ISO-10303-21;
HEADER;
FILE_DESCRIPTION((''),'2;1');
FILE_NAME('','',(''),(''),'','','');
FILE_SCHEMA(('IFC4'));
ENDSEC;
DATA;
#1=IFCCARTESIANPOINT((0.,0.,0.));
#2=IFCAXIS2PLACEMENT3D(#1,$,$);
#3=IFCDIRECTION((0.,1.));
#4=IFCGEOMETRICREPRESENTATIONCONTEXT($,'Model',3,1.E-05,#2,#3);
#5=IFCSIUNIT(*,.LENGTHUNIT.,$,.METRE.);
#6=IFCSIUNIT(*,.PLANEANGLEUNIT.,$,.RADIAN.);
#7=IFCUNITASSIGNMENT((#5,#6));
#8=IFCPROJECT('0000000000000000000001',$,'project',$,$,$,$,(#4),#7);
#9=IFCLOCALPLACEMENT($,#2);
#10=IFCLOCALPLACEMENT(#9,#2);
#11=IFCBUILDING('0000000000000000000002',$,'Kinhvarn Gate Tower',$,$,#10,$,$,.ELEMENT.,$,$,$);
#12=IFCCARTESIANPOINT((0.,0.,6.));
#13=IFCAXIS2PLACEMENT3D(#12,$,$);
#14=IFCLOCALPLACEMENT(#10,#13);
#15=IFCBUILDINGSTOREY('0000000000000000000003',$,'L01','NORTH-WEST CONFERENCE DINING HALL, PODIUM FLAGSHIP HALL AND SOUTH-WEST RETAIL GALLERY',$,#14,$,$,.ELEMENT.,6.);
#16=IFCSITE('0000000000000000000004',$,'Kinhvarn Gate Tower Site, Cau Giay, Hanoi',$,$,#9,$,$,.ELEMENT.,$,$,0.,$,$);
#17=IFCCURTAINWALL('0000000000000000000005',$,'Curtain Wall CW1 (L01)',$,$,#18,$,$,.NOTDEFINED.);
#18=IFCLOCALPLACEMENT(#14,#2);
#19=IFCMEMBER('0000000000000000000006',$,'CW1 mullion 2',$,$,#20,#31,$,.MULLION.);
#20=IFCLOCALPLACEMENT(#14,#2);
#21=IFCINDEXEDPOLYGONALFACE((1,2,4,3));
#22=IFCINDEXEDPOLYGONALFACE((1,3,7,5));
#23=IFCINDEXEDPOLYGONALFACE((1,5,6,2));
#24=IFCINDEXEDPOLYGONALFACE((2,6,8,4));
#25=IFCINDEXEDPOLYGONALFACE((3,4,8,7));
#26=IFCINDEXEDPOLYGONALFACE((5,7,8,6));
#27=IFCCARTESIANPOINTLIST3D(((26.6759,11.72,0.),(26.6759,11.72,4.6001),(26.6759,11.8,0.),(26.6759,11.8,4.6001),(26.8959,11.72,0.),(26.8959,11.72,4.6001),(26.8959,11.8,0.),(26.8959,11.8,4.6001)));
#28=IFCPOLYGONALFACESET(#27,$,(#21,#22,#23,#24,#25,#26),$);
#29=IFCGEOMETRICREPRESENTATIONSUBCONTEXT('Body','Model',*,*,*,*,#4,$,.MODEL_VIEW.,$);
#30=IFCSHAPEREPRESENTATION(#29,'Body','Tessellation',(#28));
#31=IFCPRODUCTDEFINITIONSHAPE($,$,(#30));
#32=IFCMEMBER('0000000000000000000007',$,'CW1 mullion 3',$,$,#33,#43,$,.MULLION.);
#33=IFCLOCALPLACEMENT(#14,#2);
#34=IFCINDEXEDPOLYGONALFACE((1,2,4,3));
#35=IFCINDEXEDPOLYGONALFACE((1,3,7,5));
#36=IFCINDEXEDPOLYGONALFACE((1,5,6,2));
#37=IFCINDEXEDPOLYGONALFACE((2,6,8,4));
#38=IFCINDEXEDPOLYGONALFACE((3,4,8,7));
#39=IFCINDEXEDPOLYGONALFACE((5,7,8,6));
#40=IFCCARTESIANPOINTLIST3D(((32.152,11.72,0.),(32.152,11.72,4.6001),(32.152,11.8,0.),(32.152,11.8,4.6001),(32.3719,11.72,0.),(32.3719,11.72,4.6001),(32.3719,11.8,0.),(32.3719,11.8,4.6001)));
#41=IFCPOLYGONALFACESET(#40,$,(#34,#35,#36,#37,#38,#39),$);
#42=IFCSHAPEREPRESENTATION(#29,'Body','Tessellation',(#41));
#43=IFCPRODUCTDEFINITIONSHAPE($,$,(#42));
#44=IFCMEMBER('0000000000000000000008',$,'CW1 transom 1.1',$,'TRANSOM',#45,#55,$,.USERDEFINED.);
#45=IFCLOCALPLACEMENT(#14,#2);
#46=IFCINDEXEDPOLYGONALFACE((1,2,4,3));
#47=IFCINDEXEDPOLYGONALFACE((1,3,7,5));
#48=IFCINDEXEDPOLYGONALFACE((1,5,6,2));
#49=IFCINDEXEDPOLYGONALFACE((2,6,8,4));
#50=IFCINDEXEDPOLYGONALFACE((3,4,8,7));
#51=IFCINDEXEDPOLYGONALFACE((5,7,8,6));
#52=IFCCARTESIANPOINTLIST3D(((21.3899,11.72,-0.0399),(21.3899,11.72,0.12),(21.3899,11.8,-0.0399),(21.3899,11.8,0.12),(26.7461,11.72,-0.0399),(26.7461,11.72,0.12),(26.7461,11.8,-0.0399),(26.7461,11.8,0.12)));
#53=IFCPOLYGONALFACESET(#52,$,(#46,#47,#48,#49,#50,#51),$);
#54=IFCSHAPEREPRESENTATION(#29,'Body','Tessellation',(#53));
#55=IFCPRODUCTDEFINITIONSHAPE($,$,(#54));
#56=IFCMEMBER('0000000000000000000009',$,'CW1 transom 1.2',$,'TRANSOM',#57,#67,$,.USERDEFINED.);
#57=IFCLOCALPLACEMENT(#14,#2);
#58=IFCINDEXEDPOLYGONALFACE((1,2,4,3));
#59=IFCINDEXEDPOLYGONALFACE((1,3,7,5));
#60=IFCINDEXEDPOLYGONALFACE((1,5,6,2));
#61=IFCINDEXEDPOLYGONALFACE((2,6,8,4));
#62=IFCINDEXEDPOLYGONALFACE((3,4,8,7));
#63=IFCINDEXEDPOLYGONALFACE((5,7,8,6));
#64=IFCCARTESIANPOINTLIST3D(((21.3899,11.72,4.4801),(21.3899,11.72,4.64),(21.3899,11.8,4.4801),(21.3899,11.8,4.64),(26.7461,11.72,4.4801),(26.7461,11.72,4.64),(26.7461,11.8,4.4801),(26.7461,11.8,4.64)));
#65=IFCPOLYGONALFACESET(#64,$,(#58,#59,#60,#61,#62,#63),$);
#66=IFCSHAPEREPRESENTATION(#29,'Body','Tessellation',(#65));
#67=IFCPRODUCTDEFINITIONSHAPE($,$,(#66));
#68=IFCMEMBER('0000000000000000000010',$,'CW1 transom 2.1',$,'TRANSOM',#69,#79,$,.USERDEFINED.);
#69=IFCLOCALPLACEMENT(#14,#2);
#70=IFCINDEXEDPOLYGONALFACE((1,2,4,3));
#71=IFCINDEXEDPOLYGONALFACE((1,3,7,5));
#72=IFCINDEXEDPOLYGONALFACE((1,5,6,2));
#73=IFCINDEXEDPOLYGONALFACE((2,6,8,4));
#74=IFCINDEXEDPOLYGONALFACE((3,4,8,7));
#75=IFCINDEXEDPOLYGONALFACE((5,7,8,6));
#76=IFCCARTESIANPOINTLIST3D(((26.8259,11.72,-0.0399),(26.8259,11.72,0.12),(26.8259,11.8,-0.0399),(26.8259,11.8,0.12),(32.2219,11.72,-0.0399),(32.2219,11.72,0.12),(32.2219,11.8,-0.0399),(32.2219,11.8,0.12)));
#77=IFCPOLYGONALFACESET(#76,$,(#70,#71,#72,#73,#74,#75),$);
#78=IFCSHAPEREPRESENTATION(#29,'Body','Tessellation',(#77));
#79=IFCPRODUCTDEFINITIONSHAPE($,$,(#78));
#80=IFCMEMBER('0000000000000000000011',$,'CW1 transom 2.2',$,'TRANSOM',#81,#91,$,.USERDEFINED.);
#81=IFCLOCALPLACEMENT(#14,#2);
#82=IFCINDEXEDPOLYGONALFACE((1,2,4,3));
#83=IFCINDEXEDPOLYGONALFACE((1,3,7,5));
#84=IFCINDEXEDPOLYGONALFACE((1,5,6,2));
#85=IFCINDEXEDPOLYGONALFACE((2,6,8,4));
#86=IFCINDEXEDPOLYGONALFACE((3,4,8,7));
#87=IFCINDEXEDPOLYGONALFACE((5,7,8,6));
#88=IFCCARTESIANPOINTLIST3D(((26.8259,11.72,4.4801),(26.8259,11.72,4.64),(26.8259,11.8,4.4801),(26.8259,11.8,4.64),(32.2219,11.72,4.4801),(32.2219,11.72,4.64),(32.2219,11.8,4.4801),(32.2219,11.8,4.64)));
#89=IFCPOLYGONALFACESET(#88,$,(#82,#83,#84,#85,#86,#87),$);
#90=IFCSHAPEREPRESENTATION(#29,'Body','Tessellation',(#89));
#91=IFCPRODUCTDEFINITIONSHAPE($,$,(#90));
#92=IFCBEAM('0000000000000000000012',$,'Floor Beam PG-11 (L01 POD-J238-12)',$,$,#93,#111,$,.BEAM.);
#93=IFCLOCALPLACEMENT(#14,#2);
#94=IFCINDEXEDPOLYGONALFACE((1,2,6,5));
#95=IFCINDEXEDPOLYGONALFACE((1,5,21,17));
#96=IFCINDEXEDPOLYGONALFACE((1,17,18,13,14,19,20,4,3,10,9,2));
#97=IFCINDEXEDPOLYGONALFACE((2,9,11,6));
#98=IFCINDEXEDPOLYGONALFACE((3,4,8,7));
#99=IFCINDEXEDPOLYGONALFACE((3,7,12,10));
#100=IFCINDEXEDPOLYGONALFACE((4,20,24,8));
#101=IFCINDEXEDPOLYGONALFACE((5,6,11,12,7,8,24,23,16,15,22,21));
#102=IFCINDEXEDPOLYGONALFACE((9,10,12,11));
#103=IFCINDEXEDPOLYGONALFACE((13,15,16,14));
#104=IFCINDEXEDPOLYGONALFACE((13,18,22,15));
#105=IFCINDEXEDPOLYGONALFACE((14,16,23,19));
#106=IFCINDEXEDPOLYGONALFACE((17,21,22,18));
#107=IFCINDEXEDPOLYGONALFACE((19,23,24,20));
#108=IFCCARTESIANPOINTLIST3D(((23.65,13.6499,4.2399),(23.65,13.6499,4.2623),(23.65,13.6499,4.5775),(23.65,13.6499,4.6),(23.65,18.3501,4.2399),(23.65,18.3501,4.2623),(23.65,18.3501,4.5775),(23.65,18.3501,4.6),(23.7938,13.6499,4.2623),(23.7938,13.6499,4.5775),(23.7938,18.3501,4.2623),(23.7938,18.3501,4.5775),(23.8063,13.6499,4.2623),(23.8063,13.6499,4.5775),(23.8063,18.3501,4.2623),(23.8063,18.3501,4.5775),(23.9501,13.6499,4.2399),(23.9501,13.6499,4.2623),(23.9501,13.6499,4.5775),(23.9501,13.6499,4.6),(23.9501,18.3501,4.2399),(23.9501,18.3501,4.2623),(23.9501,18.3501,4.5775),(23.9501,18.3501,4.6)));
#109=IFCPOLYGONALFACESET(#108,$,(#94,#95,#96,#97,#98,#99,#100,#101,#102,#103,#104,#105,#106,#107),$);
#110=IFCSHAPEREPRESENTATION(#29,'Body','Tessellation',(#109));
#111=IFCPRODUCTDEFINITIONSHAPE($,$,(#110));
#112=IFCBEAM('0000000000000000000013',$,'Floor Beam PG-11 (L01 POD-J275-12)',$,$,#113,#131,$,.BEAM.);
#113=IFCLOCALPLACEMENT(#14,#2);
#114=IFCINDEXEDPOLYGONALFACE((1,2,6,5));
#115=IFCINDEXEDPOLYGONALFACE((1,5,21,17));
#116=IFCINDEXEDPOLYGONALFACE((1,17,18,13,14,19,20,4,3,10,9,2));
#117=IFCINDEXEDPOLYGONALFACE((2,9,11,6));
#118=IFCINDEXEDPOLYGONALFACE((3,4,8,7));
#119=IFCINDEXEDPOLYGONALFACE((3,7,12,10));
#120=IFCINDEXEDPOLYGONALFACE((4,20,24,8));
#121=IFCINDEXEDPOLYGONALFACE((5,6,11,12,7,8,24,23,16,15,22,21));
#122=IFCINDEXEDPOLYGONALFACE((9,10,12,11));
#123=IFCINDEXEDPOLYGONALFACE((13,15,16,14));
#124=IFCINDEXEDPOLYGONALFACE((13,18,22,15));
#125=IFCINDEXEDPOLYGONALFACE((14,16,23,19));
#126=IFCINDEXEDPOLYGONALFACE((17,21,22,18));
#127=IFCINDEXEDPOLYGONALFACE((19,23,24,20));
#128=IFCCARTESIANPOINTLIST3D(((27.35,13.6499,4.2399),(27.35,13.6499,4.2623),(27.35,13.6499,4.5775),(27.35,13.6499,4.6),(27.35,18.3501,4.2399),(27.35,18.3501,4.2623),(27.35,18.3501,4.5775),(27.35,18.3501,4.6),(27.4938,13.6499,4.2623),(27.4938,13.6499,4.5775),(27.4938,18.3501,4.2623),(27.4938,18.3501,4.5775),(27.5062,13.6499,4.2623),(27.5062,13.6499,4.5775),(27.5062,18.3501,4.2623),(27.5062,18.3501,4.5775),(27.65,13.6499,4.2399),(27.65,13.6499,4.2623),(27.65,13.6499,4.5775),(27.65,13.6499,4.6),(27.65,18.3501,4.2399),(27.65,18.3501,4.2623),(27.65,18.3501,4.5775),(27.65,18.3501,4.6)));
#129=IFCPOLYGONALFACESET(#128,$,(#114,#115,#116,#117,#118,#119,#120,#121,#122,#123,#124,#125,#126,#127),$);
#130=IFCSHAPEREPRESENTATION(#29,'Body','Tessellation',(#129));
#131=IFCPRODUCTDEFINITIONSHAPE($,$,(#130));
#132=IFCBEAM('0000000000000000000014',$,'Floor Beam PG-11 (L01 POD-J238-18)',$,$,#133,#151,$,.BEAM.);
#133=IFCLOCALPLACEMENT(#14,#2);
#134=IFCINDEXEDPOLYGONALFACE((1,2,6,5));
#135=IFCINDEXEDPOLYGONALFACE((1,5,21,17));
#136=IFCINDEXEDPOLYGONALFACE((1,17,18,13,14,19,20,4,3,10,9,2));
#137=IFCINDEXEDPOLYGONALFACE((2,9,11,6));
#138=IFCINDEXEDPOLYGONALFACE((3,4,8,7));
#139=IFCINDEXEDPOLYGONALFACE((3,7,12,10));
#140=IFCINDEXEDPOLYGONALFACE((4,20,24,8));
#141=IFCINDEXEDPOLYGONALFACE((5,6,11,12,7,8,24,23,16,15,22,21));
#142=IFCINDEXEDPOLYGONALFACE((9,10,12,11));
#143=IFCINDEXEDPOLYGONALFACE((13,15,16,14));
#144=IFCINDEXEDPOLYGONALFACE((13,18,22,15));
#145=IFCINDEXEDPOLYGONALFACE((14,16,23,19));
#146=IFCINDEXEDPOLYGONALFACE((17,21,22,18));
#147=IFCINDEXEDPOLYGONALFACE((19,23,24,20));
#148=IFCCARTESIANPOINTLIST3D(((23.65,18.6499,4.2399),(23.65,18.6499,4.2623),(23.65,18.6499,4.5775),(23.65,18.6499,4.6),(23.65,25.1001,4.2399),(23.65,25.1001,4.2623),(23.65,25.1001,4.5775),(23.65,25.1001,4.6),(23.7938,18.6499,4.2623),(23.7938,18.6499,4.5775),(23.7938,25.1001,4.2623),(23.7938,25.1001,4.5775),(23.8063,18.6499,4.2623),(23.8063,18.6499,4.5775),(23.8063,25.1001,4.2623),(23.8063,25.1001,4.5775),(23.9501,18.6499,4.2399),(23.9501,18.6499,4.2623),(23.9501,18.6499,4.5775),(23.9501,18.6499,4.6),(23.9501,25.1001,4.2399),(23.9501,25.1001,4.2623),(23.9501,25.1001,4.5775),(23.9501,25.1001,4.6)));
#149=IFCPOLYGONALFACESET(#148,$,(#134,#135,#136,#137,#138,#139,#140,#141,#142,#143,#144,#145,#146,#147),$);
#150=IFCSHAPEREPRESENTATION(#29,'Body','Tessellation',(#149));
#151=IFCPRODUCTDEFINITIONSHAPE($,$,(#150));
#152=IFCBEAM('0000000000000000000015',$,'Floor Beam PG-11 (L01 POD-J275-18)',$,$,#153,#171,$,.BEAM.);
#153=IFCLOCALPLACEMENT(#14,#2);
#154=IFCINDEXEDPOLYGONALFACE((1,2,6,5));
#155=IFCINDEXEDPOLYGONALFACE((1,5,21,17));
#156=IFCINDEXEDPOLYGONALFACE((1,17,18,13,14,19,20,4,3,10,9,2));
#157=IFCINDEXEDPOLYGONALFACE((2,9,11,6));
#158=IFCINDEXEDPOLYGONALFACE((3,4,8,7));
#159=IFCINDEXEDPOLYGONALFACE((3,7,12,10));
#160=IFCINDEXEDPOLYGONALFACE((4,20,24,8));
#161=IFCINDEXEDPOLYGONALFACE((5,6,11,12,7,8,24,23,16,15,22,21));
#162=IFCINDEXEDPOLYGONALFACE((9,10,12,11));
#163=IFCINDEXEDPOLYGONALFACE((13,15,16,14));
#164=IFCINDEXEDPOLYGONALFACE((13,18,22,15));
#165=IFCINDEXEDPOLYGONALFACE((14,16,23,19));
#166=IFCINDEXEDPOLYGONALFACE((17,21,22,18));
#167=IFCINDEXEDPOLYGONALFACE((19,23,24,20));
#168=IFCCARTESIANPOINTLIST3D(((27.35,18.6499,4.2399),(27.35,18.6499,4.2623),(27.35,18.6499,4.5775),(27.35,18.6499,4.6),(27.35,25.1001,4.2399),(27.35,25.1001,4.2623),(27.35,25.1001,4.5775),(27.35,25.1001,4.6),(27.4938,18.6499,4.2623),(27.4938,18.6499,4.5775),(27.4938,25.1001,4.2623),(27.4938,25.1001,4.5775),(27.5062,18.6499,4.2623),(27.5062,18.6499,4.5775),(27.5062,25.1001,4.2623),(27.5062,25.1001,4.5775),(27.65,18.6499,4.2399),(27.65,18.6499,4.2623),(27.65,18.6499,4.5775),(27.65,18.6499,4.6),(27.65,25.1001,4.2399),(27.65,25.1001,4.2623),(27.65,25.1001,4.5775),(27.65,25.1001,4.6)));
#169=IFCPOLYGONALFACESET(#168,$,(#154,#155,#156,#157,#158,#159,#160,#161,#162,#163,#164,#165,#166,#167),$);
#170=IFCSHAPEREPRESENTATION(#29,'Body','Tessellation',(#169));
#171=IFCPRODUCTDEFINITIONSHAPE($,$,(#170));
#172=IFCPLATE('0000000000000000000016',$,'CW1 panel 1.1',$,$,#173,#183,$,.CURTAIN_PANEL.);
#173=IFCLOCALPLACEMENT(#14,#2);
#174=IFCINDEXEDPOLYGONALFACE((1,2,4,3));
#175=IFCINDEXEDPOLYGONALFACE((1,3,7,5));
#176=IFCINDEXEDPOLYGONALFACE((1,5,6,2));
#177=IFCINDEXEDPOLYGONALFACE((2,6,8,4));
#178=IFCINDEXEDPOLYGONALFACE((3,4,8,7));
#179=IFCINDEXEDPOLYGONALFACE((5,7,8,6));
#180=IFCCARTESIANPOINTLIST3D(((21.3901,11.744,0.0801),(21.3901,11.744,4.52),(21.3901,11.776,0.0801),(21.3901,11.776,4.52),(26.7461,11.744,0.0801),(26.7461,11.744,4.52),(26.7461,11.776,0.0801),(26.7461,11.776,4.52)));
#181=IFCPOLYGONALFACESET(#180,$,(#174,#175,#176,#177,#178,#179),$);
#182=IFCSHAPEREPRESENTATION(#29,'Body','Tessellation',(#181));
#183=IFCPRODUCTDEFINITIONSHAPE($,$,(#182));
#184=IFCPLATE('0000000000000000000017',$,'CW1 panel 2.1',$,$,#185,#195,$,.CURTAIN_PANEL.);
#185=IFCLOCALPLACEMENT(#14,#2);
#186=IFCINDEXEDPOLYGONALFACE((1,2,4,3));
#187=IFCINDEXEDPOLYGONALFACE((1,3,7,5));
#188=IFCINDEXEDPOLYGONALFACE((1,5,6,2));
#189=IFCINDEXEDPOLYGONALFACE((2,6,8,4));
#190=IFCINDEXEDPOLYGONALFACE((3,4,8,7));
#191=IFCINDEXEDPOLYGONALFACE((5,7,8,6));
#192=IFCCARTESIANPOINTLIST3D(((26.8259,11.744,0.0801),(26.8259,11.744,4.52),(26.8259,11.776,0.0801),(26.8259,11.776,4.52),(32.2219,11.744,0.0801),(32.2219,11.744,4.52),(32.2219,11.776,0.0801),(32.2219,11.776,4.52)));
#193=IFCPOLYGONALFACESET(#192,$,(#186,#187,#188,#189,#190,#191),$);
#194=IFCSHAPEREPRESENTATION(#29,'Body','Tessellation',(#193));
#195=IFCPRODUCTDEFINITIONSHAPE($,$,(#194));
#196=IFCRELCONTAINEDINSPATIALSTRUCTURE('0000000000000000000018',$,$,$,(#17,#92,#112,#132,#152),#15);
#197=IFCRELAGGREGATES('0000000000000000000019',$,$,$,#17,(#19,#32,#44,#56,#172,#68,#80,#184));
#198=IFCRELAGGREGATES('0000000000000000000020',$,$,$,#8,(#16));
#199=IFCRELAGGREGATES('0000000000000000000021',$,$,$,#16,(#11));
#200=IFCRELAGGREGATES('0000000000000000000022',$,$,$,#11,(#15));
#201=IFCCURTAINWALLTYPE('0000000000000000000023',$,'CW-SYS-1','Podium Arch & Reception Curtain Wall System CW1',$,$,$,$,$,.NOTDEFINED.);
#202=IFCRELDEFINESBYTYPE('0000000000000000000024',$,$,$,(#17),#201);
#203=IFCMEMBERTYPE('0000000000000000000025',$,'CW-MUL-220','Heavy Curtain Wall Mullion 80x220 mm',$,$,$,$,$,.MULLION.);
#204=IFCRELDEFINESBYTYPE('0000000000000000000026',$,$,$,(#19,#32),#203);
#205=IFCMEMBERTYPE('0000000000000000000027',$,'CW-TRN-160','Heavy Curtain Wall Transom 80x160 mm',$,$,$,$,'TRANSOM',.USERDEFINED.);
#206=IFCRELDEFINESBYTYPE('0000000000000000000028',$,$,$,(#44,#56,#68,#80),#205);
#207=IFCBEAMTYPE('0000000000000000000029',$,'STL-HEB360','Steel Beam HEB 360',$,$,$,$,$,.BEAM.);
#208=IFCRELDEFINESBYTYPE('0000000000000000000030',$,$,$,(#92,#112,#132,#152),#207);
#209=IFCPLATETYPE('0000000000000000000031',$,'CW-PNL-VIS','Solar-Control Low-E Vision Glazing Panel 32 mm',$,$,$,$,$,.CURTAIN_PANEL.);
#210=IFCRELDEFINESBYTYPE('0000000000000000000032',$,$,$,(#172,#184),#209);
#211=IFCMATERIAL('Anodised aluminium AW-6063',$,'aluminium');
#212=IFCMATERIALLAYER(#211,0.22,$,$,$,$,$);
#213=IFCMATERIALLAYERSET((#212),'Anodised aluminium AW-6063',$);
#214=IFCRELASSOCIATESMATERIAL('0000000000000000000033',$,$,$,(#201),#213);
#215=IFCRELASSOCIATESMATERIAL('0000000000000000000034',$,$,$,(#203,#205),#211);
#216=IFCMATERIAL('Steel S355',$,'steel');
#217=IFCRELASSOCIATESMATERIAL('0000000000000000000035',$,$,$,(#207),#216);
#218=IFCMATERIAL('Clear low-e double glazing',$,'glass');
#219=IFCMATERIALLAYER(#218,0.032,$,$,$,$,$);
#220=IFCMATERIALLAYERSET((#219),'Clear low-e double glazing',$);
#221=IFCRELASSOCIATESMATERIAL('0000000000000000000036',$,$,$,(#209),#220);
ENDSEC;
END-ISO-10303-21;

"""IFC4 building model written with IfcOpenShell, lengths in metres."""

from ifc_helpers import new_model, si_unit, direction, frame, origin, origin_2d, place, context, subcontext, project, spatial, rectangle, i_section, extrude, material, layer, layer_set, material_profile, profile_set, type_object, element, aggregate, save


model = new_model("IFC4")

# Units and contexts
model_context = context("Model", 3, precision=1e-05, world=origin(), true_north=direction((0.0, 1.0)))
body_context = subcontext(model_context, "Body", "Model", "MODEL_VIEW")
ifc_project = project(units=[si_unit("LENGTHUNIT", "METRE"), si_unit("PLANEANGLEUNIT", "RADIAN")], contexts=[model_context])

# Site, building, storey
site_placement = place(None, origin())
site = spatial("IfcSite", under=ifc_project, at=site_placement, Name="Kinhvarn Gate Tower Site, Cau Giay, Hanoi", CompositionType="ELEMENT", RefElevation=0.0)
building_placement = place(site_placement, origin())
building = spatial("IfcBuilding", under=site, at=building_placement, Name="Kinhvarn Gate Tower", CompositionType="ELEMENT")
storey_placement = place(building_placement, frame((0.0, 0.0, 6.0)))
storey = spatial("IfcBuildingStorey", under=building, at=storey_placement, Name="L01", Description="NORTH-WEST CONFERENCE DINING HALL, PODIUM FLAGSHIP HALL AND SOUTH-WEST RETAIL GALLERY", CompositionType="ELEMENT", Elevation=6.0)

# Curtain wall, members
ifc_material_1 = material(Name="Anodised aluminium AW-6063", Category="aluminium")
ifc_layer_1 = layer(ifc_material_1, 0.22)
ifc_layer_set_1 = layer_set([ifc_layer_1], Name="Anodised aluminium AW-6063")
curtain_wall_type = type_object("IfcCurtainWallType", Name="CW-SYS-1", Description="Podium Arch & Reception Curtain Wall System CW1", PredefinedType="NOTDEFINED", material=ifc_layer_set_1)
curtain_wall_placement = place(storey_placement, origin())
curtain_wall = element("IfcCurtainWall", 1, at=curtain_wall_placement, inside=storey, type_object=curtain_wall_type, Name="Curtain Wall CW1 (L01)", PredefinedType="NOTDEFINED")
ifc_material_profile_1 = material_profile(ifc_material_1, rectangle(XDim=0.0801, YDim=0.22, at=origin_2d()), Name="ALU 80x220")
ifc_profile_set_1 = profile_set([ifc_material_profile_1], Name="Anodised aluminium AW-6063")
member_type_1 = type_object("IfcMemberType", Name="CW-MUL-220", Description="Heavy Curtain Wall Mullion 80x220 mm", PredefinedType="MULLION", material=ifc_profile_set_1)
member_1_placement = place(storey_placement, frame((26.7859, 11.76, 0.0), z_axis=(0.0, 0.0, 1.0), x_axis=(0.0, 1.0, 0.0)))
member_1 = element("IfcMember", 2, at=member_1_placement, type_object=member_type_1, Name="CW1 mullion 2", PredefinedType="MULLION", context=body_context, shape_type="SweptSolid", body=[
    extrude(rectangle(XDim=0.0801, YDim=0.22, at=origin_2d()), origin(), (0.0, 0.0, 1.0), 4.6001),
])
member_2_placement = place(storey_placement, frame((32.262, 11.76, 0.0), z_axis=(0.0, 0.0, 1.0), x_axis=(0.0, 1.0, 0.0)))
member_2 = element("IfcMember", 3, at=member_2_placement, type_object=member_type_1, Name="CW1 mullion 3", PredefinedType="MULLION", context=body_context, shape_type="SweptSolid", body=[
    extrude(rectangle(XDim=0.0801, YDim=0.22, at=origin_2d()), origin(), (0.0, 0.0, 1.0), 4.6001),
])
ifc_material_profile_2 = material_profile(ifc_material_1, rectangle(XDim=0.0801, YDim=0.1599, at=origin_2d()), Name="ALU 80x160")
ifc_profile_set_2 = profile_set([ifc_material_profile_2], Name="Anodised aluminium AW-6063")
member_type_2 = type_object("IfcMemberType", Name="CW-TRN-160", Description="Heavy Curtain Wall Transom 80x160 mm", ElementType="TRANSOM", PredefinedType="USERDEFINED", material=ifc_profile_set_2)
member_3_placement = place(storey_placement, frame((21.3899, 11.76, 0.04), z_axis=(1.0, 0.0, 0.0), x_axis=(0.0, 1.0, 0.0)))
member_3 = element("IfcMember", 4, at=member_3_placement, type_object=member_type_2, Name="CW1 transom 1.1", ObjectType="TRANSOM", PredefinedType="USERDEFINED", context=body_context, shape_type="SweptSolid", body=[
    extrude(rectangle(XDim=0.0801, YDim=0.1599, at=origin_2d()), origin(), (0.0, 0.0, 1.0), 5.3562),
])
member_4_placement = place(storey_placement, frame((21.3899, 11.76, 4.5601), z_axis=(1.0, 0.0, 0.0), x_axis=(0.0, 1.0, 0.0)))
member_4 = element("IfcMember", 5, at=member_4_placement, type_object=member_type_2, Name="CW1 transom 1.2", ObjectType="TRANSOM", PredefinedType="USERDEFINED", context=body_context, shape_type="SweptSolid", body=[
    extrude(rectangle(XDim=0.0801, YDim=0.1599, at=origin_2d()), origin(), (0.0, 0.0, 1.0), 5.3562),
])
member_5_placement = place(storey_placement, frame((26.8259, 11.76, 0.04), z_axis=(1.0, 0.0, 0.0), x_axis=(0.0, 1.0, 0.0)))
member_5 = element("IfcMember", 6, at=member_5_placement, type_object=member_type_2, Name="CW1 transom 2.1", ObjectType="TRANSOM", PredefinedType="USERDEFINED", context=body_context, shape_type="SweptSolid", body=[
    extrude(rectangle(XDim=0.0801, YDim=0.1599, at=origin_2d()), origin(), (0.0, 0.0, 1.0), 5.396),
])
member_6_placement = place(storey_placement, frame((26.8259, 11.76, 4.5601), z_axis=(1.0, 0.0, 0.0), x_axis=(0.0, 1.0, 0.0)))
member_6 = element("IfcMember", 7, at=member_6_placement, type_object=member_type_2, Name="CW1 transom 2.2", ObjectType="TRANSOM", PredefinedType="USERDEFINED", context=body_context, shape_type="SweptSolid", body=[
    extrude(rectangle(XDim=0.0801, YDim=0.1599, at=origin_2d()), origin(), (0.0, 0.0, 1.0), 5.396),
])

# Beams
ifc_material_2 = material(Name="Steel S355", Category="steel")
ifc_material_profile_3 = material_profile(ifc_material_2, i_section(OverallWidth=0.3, OverallDepth=0.3601, WebThickness=0.0125, FlangeThickness=0.0225, at=origin_2d()), Name="HEB 360")
ifc_profile_set_3 = profile_set([ifc_material_profile_3], Name="Steel S355")
beam_type = type_object("IfcBeamType", Name="STL-HEB360", Description="Steel Beam HEB 360", PredefinedType="BEAM", material=ifc_profile_set_3)
for number, where, z_axis, x_axis, name in (
    (8, (23.8, 13.6499, 4.4199), (0.0, 1.0, 0.0), (-1.0, 0.0, 0.0), "Floor Beam PG-11 (L01 POD-J238-12)"),
    (9, (27.5, 13.6499, 4.4199), (0.0, 1.0, 0.0), (-1.0, 0.0, 0.0), "Floor Beam PG-11 (L01 POD-J275-12)"),
):
    element("IfcBeam", number, at=place(storey_placement, frame(where, z_axis=z_axis, x_axis=x_axis)), inside=storey, type_object=beam_type, Name=name, PredefinedType="BEAM", context=body_context, shape_type="SweptSolid", body=[
        extrude(i_section(OverallWidth=0.3, OverallDepth=0.3601, WebThickness=0.0125, FlangeThickness=0.0225, at=origin_2d()), origin(), (0.0, 0.0, 1.0), 4.7002),
    ])
for number, where, z_axis, x_axis, name in (
    (10, (23.8, 18.6499, 4.4199), (0.0, 1.0, 0.0), (-1.0, 0.0, 0.0), "Floor Beam PG-11 (L01 POD-J238-18)"),
    (11, (27.5, 18.6499, 4.4199), (0.0, 1.0, 0.0), (-1.0, 0.0, 0.0), "Floor Beam PG-11 (L01 POD-J275-18)"),
):
    element("IfcBeam", number, at=place(storey_placement, frame(where, z_axis=z_axis, x_axis=x_axis)), inside=storey, type_object=beam_type, Name=name, PredefinedType="BEAM", context=body_context, shape_type="SweptSolid", body=[
        extrude(i_section(OverallWidth=0.3, OverallDepth=0.3601, WebThickness=0.0125, FlangeThickness=0.0225, at=origin_2d()), origin(), (0.0, 0.0, 1.0), 6.4502),
    ])

# Plates
ifc_material_3 = material(Name="Clear low-e double glazing", Category="glass")
ifc_layer_2 = layer(ifc_material_3, 0.032)
ifc_layer_set_2 = layer_set([ifc_layer_2], Name="Clear low-e double glazing")
plate_type = type_object("IfcPlateType", Name="CW-PNL-VIS", Description="Solar-Control Low-E Vision Glazing Panel 32 mm", PredefinedType="CURTAIN_PANEL", material=ifc_layer_set_2)
plate_1_placement = place(storey_placement, frame((24.0681, 11.76, 0.0801), z_axis=(0.0, 0.0, 1.0), x_axis=(1.0, 0.0, 0.0)))
plate_1 = element("IfcPlate", 12, at=plate_1_placement, type_object=plate_type, Name="CW1 panel 1.1", PredefinedType="CURTAIN_PANEL", context=body_context, shape_type="SweptSolid", body=[
    extrude(rectangle(XDim=5.356, YDim=0.032, at=origin_2d()), origin(), (0.0, 0.0, 1.0), 4.4399),
])
plate_2_placement = place(storey_placement, frame((29.5239, 11.76, 0.0801), z_axis=(0.0, 0.0, 1.0), x_axis=(1.0, 0.0, 0.0)))
plate_2 = element("IfcPlate", 13, at=plate_2_placement, type_object=plate_type, Name="CW1 panel 2.1", PredefinedType="CURTAIN_PANEL", context=body_context, shape_type="SweptSolid", body=[
    extrude(rectangle(XDim=5.396, YDim=0.032, at=origin_2d()), origin(), (0.0, 0.0, 1.0), 4.4399),
])
aggregate(curtain_wall, [member_1, member_2, member_3, member_4, plate_1, member_5, member_6, plate_2])

save(model, "model.ifc")
